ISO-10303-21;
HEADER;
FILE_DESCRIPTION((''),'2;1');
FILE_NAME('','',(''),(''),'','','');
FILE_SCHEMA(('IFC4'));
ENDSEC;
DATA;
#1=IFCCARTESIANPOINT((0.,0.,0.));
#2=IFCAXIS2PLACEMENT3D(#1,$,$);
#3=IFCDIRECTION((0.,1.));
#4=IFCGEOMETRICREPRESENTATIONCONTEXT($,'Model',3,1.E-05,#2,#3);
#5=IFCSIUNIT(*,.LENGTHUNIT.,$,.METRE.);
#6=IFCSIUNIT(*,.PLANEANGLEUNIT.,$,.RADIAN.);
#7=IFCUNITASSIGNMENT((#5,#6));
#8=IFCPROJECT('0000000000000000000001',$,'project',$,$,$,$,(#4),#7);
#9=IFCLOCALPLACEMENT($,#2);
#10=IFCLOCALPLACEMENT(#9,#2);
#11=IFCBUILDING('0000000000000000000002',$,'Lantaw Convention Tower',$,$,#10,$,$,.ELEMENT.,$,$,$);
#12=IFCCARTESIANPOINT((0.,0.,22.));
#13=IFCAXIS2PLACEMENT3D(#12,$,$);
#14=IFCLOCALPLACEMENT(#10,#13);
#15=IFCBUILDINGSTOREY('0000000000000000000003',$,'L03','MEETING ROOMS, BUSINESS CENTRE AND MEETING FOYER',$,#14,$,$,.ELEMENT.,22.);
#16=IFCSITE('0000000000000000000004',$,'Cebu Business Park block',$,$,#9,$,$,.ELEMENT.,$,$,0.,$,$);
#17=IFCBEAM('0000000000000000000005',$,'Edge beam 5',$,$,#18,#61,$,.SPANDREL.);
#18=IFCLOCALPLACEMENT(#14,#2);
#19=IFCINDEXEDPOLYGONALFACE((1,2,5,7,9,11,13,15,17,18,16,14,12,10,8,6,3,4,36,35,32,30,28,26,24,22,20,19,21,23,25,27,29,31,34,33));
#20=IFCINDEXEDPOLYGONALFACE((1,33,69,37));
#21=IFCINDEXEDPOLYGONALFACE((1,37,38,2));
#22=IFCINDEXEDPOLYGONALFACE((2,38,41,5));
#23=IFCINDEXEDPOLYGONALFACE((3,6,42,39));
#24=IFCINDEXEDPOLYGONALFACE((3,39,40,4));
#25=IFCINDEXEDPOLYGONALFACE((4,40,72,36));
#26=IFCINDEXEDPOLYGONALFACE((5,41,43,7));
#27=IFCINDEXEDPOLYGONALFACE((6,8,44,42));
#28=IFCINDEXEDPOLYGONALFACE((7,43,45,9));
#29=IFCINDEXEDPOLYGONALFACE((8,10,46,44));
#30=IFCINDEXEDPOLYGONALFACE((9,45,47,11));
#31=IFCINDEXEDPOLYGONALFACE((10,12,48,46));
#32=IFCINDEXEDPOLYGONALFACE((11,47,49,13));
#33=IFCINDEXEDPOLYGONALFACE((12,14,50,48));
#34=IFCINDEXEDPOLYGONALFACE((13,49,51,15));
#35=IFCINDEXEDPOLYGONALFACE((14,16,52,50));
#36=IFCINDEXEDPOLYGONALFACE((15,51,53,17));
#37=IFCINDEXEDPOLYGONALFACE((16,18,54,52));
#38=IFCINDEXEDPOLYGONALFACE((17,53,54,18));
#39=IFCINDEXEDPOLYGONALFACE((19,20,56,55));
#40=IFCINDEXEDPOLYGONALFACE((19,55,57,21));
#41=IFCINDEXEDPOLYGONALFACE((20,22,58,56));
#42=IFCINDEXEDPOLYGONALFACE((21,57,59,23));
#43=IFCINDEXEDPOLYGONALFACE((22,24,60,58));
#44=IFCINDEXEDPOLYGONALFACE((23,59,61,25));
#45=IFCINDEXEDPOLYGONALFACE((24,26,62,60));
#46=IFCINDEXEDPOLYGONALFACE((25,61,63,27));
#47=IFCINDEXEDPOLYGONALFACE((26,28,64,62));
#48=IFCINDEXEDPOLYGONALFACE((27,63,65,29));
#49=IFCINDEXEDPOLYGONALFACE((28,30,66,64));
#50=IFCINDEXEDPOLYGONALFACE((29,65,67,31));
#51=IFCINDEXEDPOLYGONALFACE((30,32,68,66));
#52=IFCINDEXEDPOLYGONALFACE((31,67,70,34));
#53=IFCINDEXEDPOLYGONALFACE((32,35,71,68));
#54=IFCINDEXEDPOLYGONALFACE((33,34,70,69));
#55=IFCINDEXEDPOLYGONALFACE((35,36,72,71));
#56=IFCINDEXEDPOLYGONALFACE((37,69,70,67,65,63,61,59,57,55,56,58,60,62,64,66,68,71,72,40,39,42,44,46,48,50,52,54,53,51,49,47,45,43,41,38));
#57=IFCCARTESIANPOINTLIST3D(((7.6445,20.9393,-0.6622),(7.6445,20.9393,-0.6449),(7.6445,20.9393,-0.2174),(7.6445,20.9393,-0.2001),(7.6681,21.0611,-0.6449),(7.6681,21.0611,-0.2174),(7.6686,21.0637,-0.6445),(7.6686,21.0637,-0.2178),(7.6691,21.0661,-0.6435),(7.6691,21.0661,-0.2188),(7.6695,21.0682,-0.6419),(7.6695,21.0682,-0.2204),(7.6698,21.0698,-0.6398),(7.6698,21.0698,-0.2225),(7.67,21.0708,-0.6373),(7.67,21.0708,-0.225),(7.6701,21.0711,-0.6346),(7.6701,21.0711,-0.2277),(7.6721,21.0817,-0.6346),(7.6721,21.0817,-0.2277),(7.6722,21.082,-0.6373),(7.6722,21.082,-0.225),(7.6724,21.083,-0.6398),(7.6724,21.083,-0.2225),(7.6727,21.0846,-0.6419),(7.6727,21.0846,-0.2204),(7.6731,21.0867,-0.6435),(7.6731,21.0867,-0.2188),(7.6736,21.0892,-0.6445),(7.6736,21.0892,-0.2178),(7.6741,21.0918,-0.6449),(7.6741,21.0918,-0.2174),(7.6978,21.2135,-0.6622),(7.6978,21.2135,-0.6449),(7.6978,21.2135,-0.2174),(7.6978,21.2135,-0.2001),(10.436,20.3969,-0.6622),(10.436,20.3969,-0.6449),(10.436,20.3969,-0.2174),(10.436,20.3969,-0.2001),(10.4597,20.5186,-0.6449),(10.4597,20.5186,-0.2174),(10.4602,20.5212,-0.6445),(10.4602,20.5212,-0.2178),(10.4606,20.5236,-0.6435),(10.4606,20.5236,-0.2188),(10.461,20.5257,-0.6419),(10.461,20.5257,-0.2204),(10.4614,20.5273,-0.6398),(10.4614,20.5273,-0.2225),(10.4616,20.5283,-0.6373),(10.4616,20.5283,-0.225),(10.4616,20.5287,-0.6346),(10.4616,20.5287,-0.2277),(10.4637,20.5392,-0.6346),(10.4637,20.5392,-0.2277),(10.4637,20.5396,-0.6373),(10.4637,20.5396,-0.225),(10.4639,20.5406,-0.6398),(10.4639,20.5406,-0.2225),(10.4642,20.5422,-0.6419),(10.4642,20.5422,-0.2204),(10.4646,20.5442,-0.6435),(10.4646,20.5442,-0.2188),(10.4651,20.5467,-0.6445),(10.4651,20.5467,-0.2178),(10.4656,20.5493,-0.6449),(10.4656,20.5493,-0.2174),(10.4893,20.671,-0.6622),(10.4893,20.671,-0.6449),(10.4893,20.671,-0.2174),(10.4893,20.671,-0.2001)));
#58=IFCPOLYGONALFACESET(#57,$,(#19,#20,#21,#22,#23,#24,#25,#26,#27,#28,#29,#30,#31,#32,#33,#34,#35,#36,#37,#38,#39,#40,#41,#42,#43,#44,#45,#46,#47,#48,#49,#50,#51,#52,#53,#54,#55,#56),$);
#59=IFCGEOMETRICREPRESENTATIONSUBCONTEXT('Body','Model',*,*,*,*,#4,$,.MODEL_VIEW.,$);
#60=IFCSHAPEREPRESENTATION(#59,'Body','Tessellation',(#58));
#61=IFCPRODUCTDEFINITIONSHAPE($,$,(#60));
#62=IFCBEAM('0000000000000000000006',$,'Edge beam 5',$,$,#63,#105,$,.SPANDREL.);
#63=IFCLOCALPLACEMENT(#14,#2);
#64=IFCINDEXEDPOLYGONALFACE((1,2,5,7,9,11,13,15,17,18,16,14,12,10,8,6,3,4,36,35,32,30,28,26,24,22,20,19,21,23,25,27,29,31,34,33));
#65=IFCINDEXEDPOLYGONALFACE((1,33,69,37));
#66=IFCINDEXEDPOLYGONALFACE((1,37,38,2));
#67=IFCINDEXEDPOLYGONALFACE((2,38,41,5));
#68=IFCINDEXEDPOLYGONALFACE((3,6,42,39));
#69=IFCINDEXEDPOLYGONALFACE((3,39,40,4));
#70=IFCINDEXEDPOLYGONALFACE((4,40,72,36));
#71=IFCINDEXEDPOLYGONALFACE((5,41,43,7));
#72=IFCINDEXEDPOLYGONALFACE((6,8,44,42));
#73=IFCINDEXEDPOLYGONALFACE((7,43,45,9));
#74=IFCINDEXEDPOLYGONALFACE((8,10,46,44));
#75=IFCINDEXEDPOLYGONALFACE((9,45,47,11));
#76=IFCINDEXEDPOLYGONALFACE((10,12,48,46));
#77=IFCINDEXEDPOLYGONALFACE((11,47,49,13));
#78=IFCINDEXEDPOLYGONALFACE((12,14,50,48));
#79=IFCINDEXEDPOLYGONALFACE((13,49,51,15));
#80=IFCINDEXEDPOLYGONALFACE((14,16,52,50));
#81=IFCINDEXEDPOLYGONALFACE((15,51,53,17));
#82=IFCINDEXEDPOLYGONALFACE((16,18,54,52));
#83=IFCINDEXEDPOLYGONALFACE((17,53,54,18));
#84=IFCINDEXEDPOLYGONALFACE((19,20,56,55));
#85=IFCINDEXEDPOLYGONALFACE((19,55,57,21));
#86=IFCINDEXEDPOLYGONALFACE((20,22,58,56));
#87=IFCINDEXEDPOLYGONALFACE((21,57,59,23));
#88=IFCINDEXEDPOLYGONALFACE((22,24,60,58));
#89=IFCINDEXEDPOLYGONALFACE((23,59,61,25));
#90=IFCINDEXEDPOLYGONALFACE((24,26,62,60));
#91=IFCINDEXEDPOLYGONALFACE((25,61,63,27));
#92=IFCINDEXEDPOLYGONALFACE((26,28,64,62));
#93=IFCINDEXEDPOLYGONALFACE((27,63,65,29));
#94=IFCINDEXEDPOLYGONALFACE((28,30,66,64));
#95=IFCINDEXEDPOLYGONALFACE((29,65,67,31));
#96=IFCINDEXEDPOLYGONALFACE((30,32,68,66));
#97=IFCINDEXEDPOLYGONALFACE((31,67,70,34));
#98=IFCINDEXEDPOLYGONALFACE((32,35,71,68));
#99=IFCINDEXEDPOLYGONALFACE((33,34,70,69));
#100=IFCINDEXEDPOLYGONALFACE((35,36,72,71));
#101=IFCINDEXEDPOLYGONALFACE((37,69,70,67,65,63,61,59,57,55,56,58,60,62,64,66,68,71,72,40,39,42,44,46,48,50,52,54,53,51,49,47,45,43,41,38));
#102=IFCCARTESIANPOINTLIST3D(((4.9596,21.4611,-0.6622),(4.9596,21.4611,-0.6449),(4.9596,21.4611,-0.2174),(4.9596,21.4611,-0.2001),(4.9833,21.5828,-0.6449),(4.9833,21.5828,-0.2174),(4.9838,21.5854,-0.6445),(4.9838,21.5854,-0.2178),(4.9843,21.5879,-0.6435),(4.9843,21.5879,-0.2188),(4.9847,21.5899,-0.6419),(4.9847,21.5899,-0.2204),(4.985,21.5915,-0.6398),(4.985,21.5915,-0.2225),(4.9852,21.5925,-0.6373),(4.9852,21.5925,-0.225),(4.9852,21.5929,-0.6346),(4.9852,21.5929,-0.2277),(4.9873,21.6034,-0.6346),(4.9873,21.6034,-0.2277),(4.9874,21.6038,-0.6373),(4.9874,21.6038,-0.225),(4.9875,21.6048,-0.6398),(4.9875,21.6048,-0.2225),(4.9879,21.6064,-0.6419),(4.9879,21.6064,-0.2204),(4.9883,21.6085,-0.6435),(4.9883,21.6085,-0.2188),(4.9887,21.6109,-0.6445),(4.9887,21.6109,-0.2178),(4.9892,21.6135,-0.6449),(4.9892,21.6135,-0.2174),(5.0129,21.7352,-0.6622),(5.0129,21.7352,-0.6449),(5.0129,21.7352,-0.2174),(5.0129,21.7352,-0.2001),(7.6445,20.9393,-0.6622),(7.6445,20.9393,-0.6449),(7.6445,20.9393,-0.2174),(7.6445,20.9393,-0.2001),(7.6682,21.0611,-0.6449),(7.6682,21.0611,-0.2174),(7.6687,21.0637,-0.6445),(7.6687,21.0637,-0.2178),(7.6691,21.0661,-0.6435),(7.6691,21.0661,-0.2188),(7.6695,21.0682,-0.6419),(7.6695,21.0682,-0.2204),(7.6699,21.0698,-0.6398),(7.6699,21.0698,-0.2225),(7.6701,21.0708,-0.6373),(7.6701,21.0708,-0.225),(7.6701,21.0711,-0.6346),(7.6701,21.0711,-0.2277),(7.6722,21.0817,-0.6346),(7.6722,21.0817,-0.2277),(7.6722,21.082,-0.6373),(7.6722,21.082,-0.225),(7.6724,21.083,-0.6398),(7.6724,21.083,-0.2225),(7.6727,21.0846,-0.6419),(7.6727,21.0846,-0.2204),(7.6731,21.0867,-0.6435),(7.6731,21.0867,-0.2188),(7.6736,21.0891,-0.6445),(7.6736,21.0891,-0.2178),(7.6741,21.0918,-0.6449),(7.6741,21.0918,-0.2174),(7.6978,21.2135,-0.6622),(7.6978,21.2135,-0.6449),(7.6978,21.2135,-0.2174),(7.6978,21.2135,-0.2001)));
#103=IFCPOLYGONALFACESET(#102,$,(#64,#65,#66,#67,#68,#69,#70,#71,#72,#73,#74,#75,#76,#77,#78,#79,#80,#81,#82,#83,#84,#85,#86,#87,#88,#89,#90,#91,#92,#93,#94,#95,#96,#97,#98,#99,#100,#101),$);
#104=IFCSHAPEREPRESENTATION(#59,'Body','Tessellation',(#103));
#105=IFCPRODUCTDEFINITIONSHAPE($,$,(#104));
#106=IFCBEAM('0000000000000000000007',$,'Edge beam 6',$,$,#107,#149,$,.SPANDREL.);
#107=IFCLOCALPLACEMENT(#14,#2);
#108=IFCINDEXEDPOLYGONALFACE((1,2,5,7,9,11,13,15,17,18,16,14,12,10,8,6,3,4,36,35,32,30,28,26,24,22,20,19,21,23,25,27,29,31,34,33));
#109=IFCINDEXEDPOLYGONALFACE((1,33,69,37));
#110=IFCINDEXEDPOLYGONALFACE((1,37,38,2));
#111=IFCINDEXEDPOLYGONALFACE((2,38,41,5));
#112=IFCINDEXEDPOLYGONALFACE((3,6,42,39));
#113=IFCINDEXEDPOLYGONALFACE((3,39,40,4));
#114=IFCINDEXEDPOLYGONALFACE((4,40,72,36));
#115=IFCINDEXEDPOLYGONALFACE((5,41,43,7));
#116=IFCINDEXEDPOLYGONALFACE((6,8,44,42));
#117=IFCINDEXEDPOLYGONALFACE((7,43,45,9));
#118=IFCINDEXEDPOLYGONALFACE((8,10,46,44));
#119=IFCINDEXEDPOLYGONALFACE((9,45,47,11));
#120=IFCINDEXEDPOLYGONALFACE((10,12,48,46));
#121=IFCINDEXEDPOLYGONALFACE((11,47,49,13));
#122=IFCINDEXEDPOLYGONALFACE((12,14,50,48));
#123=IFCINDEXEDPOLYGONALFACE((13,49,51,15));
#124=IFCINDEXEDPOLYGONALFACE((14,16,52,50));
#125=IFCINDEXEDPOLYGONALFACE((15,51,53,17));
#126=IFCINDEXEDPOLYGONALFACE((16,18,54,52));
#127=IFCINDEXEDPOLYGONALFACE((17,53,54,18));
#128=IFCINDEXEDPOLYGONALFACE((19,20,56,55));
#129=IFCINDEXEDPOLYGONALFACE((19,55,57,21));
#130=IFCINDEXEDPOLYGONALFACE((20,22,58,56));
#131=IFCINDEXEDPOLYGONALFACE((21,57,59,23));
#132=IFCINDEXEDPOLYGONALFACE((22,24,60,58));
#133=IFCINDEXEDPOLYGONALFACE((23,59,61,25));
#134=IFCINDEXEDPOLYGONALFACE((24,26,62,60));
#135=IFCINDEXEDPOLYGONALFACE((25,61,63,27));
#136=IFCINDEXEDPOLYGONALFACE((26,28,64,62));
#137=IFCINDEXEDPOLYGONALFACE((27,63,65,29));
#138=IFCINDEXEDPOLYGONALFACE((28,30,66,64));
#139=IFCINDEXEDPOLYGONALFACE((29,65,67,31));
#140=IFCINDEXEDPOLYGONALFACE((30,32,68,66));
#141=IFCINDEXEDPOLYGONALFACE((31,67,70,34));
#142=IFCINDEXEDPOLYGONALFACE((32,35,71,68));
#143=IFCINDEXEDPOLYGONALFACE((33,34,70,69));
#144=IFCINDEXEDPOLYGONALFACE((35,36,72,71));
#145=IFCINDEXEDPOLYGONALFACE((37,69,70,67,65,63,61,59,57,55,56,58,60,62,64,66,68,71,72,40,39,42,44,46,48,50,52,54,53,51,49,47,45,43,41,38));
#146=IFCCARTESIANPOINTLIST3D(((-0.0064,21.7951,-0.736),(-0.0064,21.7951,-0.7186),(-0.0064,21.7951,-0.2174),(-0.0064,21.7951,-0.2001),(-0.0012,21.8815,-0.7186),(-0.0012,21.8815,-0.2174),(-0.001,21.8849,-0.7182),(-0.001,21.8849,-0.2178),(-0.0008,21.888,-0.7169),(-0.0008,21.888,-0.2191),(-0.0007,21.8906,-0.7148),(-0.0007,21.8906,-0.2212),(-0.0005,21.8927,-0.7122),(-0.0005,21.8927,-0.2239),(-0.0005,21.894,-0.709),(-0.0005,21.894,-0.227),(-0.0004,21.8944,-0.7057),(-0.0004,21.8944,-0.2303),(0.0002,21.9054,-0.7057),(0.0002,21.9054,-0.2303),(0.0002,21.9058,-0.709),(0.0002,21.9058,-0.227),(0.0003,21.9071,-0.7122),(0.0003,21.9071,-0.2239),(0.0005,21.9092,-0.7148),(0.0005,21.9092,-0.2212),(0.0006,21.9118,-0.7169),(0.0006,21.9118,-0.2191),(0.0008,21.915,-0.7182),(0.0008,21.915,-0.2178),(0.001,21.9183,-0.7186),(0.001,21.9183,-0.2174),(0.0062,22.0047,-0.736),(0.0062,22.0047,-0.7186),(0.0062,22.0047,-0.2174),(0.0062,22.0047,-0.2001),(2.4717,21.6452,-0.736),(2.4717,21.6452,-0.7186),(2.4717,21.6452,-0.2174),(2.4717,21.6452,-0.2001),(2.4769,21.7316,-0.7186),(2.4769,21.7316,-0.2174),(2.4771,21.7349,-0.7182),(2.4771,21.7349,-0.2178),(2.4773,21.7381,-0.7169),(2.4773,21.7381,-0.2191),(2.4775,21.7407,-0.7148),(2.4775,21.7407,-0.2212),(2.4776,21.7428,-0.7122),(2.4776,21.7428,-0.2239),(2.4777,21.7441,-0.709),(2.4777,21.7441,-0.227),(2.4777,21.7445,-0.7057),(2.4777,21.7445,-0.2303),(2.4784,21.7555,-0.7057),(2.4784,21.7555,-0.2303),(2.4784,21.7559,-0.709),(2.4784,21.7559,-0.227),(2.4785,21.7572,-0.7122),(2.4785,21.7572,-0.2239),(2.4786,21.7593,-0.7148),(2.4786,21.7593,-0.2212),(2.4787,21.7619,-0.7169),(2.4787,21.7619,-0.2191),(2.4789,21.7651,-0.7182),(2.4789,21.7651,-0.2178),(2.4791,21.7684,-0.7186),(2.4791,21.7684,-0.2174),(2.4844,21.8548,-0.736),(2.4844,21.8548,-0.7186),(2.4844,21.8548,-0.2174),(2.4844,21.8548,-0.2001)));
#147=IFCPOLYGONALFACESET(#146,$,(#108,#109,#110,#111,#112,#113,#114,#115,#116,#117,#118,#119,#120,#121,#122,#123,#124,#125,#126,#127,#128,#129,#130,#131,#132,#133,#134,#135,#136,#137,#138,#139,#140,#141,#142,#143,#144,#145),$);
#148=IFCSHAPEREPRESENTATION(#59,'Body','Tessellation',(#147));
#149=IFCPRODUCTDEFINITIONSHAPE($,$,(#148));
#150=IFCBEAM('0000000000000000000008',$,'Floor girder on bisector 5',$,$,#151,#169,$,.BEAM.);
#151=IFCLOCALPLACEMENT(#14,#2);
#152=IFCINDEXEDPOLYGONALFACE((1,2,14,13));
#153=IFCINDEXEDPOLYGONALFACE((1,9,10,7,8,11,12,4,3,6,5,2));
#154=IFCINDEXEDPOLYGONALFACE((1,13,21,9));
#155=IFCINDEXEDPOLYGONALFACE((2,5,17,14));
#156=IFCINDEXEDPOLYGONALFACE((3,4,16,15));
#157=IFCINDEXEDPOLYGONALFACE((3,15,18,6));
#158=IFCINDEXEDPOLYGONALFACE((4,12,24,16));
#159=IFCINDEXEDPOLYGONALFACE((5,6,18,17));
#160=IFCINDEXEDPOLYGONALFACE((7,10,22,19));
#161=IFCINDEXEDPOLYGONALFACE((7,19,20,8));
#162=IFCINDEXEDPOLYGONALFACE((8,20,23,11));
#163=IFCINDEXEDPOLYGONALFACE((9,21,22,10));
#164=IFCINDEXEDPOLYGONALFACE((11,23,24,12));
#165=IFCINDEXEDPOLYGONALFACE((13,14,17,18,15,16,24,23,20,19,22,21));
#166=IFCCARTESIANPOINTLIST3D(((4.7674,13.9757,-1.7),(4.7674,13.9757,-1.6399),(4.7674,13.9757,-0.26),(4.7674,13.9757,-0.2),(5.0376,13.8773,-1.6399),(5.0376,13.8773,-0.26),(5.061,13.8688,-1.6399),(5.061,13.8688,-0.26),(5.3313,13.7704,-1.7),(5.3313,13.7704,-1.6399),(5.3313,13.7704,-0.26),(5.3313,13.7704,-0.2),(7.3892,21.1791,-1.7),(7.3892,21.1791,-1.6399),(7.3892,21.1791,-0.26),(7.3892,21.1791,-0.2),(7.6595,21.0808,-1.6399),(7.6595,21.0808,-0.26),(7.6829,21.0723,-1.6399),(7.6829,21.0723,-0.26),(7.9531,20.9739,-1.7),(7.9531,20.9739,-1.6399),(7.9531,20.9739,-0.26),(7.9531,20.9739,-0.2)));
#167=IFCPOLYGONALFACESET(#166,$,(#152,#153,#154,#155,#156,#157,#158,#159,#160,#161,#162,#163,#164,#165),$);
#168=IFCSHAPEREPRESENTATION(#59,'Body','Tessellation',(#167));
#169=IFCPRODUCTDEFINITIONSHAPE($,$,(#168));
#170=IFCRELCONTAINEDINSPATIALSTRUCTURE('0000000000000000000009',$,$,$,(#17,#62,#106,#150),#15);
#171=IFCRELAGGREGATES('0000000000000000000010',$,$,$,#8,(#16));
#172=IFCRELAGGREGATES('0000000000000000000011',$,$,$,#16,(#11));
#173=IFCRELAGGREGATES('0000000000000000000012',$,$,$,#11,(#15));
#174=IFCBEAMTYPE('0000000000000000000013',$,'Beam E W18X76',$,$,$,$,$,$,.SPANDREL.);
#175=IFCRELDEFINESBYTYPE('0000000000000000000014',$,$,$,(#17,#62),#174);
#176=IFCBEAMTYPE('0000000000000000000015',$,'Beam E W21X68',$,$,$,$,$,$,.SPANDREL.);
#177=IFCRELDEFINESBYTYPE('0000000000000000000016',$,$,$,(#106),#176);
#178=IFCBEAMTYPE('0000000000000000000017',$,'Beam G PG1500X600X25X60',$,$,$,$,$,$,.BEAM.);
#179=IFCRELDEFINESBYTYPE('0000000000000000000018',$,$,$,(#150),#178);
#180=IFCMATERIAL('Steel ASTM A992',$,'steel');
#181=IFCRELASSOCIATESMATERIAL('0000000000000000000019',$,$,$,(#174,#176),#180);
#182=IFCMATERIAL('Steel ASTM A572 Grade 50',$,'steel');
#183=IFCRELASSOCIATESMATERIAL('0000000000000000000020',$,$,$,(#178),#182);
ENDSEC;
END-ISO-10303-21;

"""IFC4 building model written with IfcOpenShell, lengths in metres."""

from ifc_helpers import new_model, si_unit, direction, frame, origin, origin_2d, place, context, subcontext, project, spatial, i_section, extrude, material, material_profile, profile_set, type_object, element, save


model = new_model("IFC4")

# Units and contexts
model_context = context("Model", 3, precision=1e-05, world=origin(), true_north=direction((0.0, 1.0)))
body_context = subcontext(model_context, "Body", "Model", "MODEL_VIEW")
ifc_project = project(units=[si_unit("LENGTHUNIT", "METRE"), si_unit("PLANEANGLEUNIT", "RADIAN")], contexts=[model_context])

# Site, building, storey
site_placement = place(None, origin())
site = spatial("IfcSite", under=ifc_project, at=site_placement, Name="Cebu Business Park block", CompositionType="ELEMENT", RefElevation=0.0)
building_placement = place(site_placement, origin())
building = spatial("IfcBuilding", under=site, at=building_placement, Name="Lantaw Convention Tower", CompositionType="ELEMENT")
storey_placement = place(building_placement, frame((0.0, 0.0, 22.0)))
storey = spatial("IfcBuildingStorey", under=building, at=storey_placement, Name="L03", Description="MEETING ROOMS, BUSINESS CENTRE AND MEETING FOYER", CompositionType="ELEMENT", Elevation=22.0)

# Shared definitions
ifc_material_1 = material(Name="Steel ASTM A572 Grade 50", Category="steel")

# Beams
ifc_material_2 = material(Name="Steel ASTM A992", Category="steel")
ifc_material_profile_1 = material_profile(ifc_material_2, i_section(OverallWidth=0.2793, OverallDepth=0.4622, WebThickness=0.0107, FlangeThickness=0.0173, FilletRadius=0.0103, at=origin_2d()), Name="W18X76")
ifc_profile_set_1 = profile_set([ifc_material_profile_1], Name="Steel ASTM A992")
beam_type_1 = type_object("IfcBeamType", Name="Beam E W18X76", PredefinedType="SPANDREL", material=ifc_profile_set_1)
beam_1_placement = place(storey_placement, frame((10.4626, 20.5339, -0.4312), z_axis=(-0.981636, 0.190764, 0.0), x_axis=(-0.190764, -0.981636, 0.0)))
element("IfcBeam", 1, at=beam_1_placement, inside=storey, type_object=beam_type_1, Name="Edge beam 5", PredefinedType="SPANDREL", context=body_context, shape_type="SweptSolid", body=[
    extrude(i_section(OverallWidth=0.2793, OverallDepth=0.4622, WebThickness=0.0107, FlangeThickness=0.0173, FilletRadius=0.0103, at=origin_2d()), origin(), (0.0, 0.0, 1.0), 2.8438),
])
beam_2_placement = place(storey_placement, frame((7.6711, 21.0764, -0.4312), z_axis=(-0.981637, 0.190757, 0.0), x_axis=(-0.190757, -0.981637, 0.0)))
element("IfcBeam", 2, at=beam_2_placement, inside=storey, type_object=beam_type_1, Name="Edge beam 5", PredefinedType="SPANDREL", context=body_context, shape_type="SweptSolid", body=[
    extrude(i_section(OverallWidth=0.2793, OverallDepth=0.4622, WebThickness=0.0107, FlangeThickness=0.0173, FilletRadius=0.0103, at=origin_2d()), origin(), (0.0, 0.0, 1.0), 2.7351),
])
ifc_material_profile_2 = material_profile(ifc_material_2, i_section(OverallWidth=0.21, OverallDepth=0.5359, WebThickness=0.011, FlangeThickness=0.0173, FilletRadius=0.0129, at=origin_2d()), Name="W21X68")
ifc_profile_set_2 = profile_set([ifc_material_profile_2], Name="Steel ASTM A992")
beam_type_2 = type_object("IfcBeamType", Name="Beam E W21X68", PredefinedType="SPANDREL", material=ifc_profile_set_2)
beam_3_placement = place(storey_placement, frame((2.478, 21.75, -0.468), z_axis=(-0.998175, 0.060382, 0.0), x_axis=(-0.060382, -0.998175, 0.0)))
element("IfcBeam", 3, at=beam_3_placement, inside=storey, type_object=beam_type_2, Name="Edge beam 6", PredefinedType="SPANDREL", context=body_context, shape_type="SweptSolid", body=[
    extrude(i_section(OverallWidth=0.21, OverallDepth=0.5359, WebThickness=0.011, FlangeThickness=0.0173, FilletRadius=0.0129, at=origin_2d()), origin(), (0.0, 0.0, 1.0), 2.4827),
])
ifc_material_profile_3 = material_profile(ifc_material_1, i_section(OverallWidth=0.6001, OverallDepth=1.5, WebThickness=0.0249, FlangeThickness=0.0601, at=origin_2d()), Name="PG1500X600X25X60")
ifc_profile_set_3 = profile_set([ifc_material_profile_3], Name="Steel ASTM A572 Grade 50")
beam_type_3 = type_object("IfcBeamType", Name="Beam G PG1500X600X25X60", PredefinedType="BEAM", material=ifc_profile_set_3)
beam_4_placement = place(storey_placement, frame((5.0493, 13.873, -0.95), z_axis=(0.342022, 0.939692, 0.0), x_axis=(-0.939692, 0.342022, 0.0)))
element("IfcBeam", 4, at=beam_4_placement, inside=storey, type_object=beam_type_3, Name="Floor girder on bisector 5", PredefinedType="BEAM", context=body_context, shape_type="SweptSolid", body=[
    extrude(i_section(OverallWidth=0.6001, OverallDepth=1.5, WebThickness=0.0249, FlangeThickness=0.0601, at=origin_2d()), origin(), (0.0, 0.0, 1.0), 7.6658),
])

save(model, "model.ifc")
